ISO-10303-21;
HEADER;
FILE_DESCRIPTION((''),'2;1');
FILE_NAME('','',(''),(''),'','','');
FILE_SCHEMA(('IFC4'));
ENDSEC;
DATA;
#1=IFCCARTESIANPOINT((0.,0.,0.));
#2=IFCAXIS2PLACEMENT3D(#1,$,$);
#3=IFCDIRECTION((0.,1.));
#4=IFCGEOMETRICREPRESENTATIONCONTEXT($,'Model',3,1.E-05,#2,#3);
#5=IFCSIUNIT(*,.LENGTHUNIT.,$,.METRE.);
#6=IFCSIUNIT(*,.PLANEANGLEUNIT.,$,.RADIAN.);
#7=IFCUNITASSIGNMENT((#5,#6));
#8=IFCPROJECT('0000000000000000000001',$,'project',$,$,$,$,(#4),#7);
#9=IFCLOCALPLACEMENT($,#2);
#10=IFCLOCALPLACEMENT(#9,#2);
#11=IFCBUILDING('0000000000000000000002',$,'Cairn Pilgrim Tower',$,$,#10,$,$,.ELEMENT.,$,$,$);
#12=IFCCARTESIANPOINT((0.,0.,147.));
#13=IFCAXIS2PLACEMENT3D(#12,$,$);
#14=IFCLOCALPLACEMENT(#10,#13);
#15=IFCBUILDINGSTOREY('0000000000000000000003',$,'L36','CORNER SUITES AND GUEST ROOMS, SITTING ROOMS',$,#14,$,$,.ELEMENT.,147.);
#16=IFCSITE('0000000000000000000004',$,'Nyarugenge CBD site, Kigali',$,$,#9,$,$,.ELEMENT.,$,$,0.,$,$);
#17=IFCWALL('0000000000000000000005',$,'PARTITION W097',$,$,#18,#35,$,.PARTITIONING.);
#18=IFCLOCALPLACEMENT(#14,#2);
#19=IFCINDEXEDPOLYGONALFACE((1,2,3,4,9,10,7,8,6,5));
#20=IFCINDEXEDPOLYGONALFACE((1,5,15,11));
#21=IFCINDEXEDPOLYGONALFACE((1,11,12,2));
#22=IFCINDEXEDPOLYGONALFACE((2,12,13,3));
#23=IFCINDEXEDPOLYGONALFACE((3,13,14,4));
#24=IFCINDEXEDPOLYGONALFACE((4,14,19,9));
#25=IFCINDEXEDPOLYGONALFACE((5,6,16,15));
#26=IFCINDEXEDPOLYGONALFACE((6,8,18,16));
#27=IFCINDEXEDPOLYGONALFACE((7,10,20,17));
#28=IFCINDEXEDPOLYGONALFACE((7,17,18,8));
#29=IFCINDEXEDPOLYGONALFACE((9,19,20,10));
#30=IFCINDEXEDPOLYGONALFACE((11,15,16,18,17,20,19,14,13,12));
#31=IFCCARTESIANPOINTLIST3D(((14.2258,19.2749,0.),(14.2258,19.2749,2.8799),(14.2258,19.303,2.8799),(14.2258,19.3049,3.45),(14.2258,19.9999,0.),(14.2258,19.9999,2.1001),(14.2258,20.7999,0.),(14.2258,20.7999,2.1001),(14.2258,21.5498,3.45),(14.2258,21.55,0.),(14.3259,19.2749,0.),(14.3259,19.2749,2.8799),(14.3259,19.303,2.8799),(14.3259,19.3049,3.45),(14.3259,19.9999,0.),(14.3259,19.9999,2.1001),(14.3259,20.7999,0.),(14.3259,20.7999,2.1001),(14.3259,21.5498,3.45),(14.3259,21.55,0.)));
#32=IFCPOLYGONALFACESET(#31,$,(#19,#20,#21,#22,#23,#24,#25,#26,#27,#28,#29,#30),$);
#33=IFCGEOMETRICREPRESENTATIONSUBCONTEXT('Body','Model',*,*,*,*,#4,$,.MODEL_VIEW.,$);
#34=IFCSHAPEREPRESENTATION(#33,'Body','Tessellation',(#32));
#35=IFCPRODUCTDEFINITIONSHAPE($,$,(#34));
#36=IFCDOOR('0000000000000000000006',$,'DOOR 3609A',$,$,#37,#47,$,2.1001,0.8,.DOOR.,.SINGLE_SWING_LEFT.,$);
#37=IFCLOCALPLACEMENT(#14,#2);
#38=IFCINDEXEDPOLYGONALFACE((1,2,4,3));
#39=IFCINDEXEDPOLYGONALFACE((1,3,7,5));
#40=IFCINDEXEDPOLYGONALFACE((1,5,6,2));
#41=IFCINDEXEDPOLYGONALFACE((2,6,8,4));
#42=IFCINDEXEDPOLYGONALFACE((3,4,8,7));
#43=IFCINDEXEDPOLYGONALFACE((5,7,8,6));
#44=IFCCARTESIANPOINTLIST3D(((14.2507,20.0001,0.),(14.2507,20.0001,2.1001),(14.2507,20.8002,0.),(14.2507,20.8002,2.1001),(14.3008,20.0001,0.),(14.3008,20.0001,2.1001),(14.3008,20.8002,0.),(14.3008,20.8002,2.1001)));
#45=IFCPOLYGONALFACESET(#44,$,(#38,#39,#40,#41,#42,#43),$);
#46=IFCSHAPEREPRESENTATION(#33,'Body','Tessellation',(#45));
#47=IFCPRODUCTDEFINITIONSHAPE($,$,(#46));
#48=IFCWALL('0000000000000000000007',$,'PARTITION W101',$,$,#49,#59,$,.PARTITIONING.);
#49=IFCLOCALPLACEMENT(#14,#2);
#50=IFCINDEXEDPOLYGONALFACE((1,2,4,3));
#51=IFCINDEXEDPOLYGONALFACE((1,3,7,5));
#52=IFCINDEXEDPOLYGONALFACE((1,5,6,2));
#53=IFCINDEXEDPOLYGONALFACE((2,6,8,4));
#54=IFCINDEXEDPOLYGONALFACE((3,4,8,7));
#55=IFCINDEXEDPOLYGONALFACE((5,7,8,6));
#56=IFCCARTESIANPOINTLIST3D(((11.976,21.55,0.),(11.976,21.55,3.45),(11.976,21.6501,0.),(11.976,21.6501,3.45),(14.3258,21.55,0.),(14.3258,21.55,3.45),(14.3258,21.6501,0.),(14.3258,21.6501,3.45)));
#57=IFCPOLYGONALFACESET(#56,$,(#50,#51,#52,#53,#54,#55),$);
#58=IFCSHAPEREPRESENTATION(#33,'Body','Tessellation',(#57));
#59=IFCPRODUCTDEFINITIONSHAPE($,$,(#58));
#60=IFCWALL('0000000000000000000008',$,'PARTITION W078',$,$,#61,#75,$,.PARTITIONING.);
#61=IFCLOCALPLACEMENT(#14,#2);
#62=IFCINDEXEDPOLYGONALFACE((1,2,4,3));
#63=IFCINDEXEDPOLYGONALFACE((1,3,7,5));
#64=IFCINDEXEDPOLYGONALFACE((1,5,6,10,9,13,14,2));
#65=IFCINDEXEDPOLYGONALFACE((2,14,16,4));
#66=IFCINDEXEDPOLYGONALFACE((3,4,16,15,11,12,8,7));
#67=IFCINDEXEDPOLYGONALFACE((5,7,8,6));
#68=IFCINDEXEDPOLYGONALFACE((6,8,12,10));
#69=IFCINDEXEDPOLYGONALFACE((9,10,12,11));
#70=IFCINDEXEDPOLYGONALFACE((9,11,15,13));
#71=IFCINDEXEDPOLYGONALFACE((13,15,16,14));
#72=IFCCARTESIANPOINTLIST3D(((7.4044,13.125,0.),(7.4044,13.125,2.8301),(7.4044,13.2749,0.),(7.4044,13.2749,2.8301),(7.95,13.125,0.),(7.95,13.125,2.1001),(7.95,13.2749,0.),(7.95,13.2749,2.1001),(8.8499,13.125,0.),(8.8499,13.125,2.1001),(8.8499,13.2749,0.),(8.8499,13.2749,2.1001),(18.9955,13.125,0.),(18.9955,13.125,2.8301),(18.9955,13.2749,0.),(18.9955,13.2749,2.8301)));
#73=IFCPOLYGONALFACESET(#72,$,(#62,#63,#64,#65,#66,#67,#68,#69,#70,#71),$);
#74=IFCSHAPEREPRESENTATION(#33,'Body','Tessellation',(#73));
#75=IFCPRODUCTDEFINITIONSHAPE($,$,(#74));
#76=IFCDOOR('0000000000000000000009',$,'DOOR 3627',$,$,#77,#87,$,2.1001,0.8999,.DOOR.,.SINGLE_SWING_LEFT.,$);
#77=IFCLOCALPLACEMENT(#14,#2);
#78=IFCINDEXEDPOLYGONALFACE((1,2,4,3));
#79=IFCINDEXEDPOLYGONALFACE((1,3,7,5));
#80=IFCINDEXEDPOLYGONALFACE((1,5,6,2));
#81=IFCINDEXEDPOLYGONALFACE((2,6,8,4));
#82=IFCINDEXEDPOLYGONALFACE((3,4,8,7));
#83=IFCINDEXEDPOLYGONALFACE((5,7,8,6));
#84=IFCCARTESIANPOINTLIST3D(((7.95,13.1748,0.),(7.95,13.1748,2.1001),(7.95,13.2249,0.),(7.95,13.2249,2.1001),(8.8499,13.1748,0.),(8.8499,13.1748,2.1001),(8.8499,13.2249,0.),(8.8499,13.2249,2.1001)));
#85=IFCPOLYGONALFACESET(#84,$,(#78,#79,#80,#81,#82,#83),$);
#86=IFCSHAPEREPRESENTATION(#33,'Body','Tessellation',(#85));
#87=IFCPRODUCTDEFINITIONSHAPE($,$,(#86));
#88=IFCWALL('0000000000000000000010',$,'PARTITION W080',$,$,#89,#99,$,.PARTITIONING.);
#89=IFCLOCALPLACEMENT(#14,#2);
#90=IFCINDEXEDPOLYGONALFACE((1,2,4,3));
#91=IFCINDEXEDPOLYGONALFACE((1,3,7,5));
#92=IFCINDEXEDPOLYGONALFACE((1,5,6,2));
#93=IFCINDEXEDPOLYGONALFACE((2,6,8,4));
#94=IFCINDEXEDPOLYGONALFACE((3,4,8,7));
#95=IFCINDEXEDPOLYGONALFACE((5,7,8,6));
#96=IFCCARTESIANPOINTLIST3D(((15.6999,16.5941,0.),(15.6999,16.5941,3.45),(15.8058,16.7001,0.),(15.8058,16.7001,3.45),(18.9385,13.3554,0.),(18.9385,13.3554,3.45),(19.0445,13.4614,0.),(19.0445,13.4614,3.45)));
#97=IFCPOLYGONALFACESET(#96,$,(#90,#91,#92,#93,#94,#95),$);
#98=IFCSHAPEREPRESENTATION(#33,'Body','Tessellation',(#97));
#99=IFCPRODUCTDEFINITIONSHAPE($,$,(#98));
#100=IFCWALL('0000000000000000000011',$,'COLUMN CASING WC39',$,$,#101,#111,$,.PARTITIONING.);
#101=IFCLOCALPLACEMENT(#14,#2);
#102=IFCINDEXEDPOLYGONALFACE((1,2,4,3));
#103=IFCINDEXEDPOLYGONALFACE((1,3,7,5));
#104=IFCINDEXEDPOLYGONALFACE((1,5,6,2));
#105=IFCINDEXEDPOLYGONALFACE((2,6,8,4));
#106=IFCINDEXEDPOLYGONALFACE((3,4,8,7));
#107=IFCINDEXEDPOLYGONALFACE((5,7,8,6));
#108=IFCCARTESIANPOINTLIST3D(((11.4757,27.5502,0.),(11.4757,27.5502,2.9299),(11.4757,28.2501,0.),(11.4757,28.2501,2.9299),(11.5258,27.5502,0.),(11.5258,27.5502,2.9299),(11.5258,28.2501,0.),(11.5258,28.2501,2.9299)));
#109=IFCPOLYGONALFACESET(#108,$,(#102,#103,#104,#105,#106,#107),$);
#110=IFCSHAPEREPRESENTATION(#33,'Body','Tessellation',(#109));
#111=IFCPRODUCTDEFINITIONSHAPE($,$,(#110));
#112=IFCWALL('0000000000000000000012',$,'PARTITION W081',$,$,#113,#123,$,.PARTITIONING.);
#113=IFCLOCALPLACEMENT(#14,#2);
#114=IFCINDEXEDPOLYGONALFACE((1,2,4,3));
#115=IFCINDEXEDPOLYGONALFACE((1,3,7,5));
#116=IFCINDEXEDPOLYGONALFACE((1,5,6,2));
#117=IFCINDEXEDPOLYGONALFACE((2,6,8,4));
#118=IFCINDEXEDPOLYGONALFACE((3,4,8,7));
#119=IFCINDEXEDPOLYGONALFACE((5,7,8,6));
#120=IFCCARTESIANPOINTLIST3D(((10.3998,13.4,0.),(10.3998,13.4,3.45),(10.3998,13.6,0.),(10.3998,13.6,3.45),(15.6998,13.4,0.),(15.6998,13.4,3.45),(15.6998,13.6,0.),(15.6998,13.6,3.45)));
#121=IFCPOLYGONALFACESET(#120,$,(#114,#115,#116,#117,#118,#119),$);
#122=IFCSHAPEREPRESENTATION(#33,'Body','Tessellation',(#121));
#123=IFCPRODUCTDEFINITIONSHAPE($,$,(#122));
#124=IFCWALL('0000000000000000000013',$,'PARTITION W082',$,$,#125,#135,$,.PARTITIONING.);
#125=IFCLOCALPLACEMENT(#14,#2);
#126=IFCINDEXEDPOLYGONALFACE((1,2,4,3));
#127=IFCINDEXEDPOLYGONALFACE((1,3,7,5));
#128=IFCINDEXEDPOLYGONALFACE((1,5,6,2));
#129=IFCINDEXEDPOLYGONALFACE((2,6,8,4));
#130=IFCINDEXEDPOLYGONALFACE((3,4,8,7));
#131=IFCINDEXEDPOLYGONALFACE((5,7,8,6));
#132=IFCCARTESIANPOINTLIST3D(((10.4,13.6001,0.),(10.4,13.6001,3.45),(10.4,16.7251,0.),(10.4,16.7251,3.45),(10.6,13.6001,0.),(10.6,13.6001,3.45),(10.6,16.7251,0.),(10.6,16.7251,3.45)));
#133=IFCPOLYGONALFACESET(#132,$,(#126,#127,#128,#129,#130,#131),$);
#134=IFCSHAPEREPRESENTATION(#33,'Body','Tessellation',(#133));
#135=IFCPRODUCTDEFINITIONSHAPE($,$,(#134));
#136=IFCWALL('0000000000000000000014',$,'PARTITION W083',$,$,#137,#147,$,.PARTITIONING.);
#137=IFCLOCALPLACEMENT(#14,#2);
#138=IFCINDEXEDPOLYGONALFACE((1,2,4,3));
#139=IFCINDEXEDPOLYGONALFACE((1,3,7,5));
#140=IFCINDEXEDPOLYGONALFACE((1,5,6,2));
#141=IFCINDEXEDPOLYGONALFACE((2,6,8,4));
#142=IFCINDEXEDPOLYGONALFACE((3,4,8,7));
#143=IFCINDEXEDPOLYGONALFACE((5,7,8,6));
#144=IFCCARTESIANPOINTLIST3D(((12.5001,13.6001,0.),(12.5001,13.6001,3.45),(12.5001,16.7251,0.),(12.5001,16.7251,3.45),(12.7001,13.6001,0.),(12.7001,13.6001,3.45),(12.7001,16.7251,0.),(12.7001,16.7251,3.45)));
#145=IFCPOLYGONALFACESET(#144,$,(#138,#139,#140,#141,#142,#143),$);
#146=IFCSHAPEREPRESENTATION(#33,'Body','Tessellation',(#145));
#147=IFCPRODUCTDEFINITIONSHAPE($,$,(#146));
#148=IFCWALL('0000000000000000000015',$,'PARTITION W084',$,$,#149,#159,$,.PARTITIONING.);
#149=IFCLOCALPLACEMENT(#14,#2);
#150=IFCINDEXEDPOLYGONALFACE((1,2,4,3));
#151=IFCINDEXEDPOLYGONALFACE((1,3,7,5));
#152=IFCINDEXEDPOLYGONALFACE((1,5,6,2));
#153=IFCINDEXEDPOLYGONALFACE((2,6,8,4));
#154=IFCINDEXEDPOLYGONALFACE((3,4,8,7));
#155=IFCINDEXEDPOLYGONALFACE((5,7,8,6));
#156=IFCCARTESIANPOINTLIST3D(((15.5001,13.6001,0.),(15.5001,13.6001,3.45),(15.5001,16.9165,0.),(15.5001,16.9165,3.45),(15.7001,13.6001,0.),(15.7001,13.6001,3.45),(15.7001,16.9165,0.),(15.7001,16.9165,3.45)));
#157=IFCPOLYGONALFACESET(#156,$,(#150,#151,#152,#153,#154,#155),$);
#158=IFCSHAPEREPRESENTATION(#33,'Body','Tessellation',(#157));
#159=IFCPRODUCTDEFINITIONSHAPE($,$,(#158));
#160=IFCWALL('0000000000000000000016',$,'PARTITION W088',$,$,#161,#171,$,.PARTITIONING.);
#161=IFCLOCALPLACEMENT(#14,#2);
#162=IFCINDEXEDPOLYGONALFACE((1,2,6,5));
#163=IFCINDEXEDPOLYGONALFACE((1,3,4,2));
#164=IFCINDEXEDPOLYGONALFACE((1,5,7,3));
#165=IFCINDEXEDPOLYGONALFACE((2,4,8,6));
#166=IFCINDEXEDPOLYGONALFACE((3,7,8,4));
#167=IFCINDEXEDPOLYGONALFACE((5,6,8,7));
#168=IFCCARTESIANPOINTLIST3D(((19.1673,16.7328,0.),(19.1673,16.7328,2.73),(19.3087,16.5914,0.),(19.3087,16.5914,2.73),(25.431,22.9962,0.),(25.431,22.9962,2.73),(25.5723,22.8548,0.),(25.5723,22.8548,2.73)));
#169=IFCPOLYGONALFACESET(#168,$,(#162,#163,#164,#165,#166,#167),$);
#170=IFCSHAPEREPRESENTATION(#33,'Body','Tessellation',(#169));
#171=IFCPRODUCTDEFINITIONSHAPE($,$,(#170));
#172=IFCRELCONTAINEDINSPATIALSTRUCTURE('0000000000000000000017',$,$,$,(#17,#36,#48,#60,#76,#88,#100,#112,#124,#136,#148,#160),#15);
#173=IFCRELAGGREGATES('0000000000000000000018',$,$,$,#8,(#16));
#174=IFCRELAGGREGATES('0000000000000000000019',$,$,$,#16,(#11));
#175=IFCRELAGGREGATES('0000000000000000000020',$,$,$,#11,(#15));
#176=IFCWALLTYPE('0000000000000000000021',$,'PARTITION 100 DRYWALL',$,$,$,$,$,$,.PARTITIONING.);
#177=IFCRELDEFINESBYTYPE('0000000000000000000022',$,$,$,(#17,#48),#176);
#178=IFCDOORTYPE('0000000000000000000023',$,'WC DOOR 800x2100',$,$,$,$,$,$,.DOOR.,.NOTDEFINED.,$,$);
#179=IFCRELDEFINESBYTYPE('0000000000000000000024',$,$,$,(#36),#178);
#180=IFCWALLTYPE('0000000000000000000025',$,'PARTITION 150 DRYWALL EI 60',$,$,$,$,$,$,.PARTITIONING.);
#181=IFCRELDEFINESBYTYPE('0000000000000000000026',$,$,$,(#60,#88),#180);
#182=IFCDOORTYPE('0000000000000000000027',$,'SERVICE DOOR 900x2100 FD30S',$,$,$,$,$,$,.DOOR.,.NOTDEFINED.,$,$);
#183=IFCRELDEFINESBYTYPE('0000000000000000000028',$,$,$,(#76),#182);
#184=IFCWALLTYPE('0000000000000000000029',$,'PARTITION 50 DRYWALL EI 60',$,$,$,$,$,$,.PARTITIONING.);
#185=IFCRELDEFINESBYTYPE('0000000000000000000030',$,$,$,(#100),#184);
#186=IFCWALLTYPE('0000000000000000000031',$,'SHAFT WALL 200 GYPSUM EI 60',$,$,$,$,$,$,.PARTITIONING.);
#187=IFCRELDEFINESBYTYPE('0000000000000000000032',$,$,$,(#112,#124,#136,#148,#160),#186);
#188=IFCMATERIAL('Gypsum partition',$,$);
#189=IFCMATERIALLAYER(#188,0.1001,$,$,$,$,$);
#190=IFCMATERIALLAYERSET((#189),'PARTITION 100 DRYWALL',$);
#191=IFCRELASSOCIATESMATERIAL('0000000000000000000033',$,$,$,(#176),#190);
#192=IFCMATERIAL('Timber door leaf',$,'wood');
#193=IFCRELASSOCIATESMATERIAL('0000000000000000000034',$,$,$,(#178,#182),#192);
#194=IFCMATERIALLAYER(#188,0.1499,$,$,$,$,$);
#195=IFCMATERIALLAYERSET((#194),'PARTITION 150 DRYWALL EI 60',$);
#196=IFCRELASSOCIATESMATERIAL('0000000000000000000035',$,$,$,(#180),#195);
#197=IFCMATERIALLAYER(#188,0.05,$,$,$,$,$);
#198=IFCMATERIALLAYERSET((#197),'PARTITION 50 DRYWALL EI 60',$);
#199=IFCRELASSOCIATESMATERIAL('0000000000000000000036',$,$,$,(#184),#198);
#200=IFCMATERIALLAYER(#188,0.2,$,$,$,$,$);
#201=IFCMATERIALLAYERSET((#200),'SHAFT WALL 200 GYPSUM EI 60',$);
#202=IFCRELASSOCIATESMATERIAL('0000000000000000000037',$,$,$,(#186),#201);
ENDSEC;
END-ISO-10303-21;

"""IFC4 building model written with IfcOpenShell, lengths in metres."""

from ifc_helpers import new_model, si_unit, direction, frame, frame_2d, origin, place, context, subcontext, project, spatial, polyline, rectangle, outline, extrude, material, layer, layer_set, type_object, element, fill, save


model = new_model("IFC4")

# Units and contexts
model_context = context("Model", 3, precision=1e-05, world=origin(), true_north=direction((0.0, 1.0)))
body_context = subcontext(model_context, "Body", "Model", "MODEL_VIEW")
ifc_project = project(units=[si_unit("LENGTHUNIT", "METRE"), si_unit("PLANEANGLEUNIT", "RADIAN")], contexts=[model_context])

# Site, building, storey
site_placement = place(None, origin())
site = spatial("IfcSite", under=ifc_project, at=site_placement, Name="Nyarugenge CBD site, Kigali", CompositionType="ELEMENT", RefElevation=0.0)
building_placement = place(site_placement, origin())
building = spatial("IfcBuilding", under=site, at=building_placement, Name="Cairn Pilgrim Tower", CompositionType="ELEMENT")
storey_placement = place(building_placement, frame((0.0, 0.0, 147.0)))
storey = spatial("IfcBuildingStorey", under=building, at=storey_placement, Name="L36", Description="CORNER SUITES AND GUEST ROOMS, SITTING ROOMS", CompositionType="ELEMENT", Elevation=147.0)

# Wall, opening, door
ifc_material_1 = material(Name="Gypsum partition")
ifc_layer_1 = layer(ifc_material_1, 0.1001)
ifc_layer_set_1 = layer_set([ifc_layer_1], Name="PARTITION 100 DRYWALL")
wall_type_1 = type_object("IfcWallType", Name="PARTITION 100 DRYWALL", PredefinedType="PARTITIONING", material=ifc_layer_set_1)
ifc_material_2 = material(Name="Timber door leaf", Category="wood")
wall_1_placement = place(storey_placement, frame((14.2759, 19.2749, 0.0), z_axis=(0.0, 0.0, 1.0), x_axis=(0.0, 1.0, 0.0)))
wall_1 = element("IfcWall", 1, at=wall_1_placement, inside=storey, type_object=wall_type_1, Name="PARTITION W097", PredefinedType="PARTITIONING", context=body_context, shape_type="SweptSolid", body=[
    extrude(outline(polyline([(0.0, 0.0), (2.2751, 0.0), (2.2749, 3.45), (0.03, 3.45), (0.0281, 2.8799), (0.0, 2.8799), (0.0, 0.0)])), frame((0.0, 0.05, 0.0), z_axis=(0.0, -1.0, 0.0), x_axis=(1.0, 0.0, 0.0)), (0.0, 0.0, 1.0), 0.1001),
])
opening_1_placement = place(wall_1_placement, frame((0.7251, 0.0, 0.0)))
opening_1 = element("IfcOpeningElement", 2, at=opening_1_placement, cuts=wall_1, PredefinedType="OPENING", context=body_context, shape_type="SweptSolid", body=[
    extrude(rectangle(XDim=0.8, YDim=2.1001, at=frame_2d((0.3999, 1.05))), frame((0.0, 0.0601, 0.0), z_axis=(0.0, -1.0, 0.0), x_axis=(1.0, 0.0, 0.0)), (0.0, 0.0, 1.0), 0.1201),
])
door_type_1 = type_object("IfcDoorType", Name="WC DOOR 800x2100", OperationType="NOTDEFINED", PredefinedType="DOOR", material=ifc_material_2)
door_1_placement = place(opening_1_placement, frame((0.8, 0.0, 0.0), z_axis=(0.0, 0.0, 1.0), x_axis=(-1.0, 0.0, 0.0)))
door_1 = element("IfcDoor", 3, at=door_1_placement, inside=storey, type_object=door_type_1, Name="DOOR 3609A", OperationType="SINGLE_SWING_LEFT", OverallHeight=2.1001, OverallWidth=0.8, PredefinedType="DOOR", context=body_context, shape_type="SweptSolid", body=[
    extrude(rectangle(XDim=0.8, YDim=2.1001, at=frame_2d((0.3999, 1.05))), frame((0.0, 0.0249, 0.0), z_axis=(0.0, -1.0, 0.0), x_axis=(1.0, 0.0, 0.0)), (0.0, 0.0, 1.0), 0.05),
])
fill(opening_1, door_1)

# Wall
wall_2_placement = place(storey_placement, frame((11.9761, 21.6001, 0.0), z_axis=(0.0, 0.0, 1.0), x_axis=(1.0, 0.0, 0.0)))
element("IfcWall", 4, at=wall_2_placement, inside=storey, type_object=wall_type_1, Name="PARTITION W101", PredefinedType="PARTITIONING", context=body_context, shape_type="SweptSolid", body=[
    extrude(rectangle(XDim=2.3499, YDim=0.1001, at=frame_2d((1.1748, 0.0))), origin(), (0.0, 0.0, 1.0), 3.45),
])

# Wall, opening, door
ifc_layer_2 = layer(ifc_material_1, 0.1499)
ifc_layer_set_2 = layer_set([ifc_layer_2], Name="PARTITION 150 DRYWALL EI 60")
wall_type_2 = type_object("IfcWallType", Name="PARTITION 150 DRYWALL EI 60", PredefinedType="PARTITIONING", material=ifc_layer_set_2)
wall_3_placement = place(storey_placement, frame((7.4045, 13.2, 0.0), z_axis=(0.0, 0.0, 1.0), x_axis=(1.0, 0.0, 0.0)))
wall_3 = element("IfcWall", 5, at=wall_3_placement, inside=storey, type_object=wall_type_2, Name="PARTITION W078", PredefinedType="PARTITIONING", context=body_context, shape_type="SweptSolid", body=[
    extrude(rectangle(XDim=11.5911, YDim=0.1499, at=frame_2d((5.7954, 0.0))), origin(), (0.0, 0.0, 1.0), 2.8301),
])
opening_2_placement = place(wall_3_placement, frame((0.5454, 0.0, 0.0)))
opening_2 = element("IfcOpeningElement", 6, at=opening_2_placement, cuts=wall_3, PredefinedType="OPENING", context=body_context, shape_type="SweptSolid", body=[
    extrude(rectangle(XDim=0.8999, YDim=2.1001, at=frame_2d((0.45, 1.05))), frame((0.0, 0.085, 0.0), z_axis=(0.0, -1.0, 0.0), x_axis=(1.0, 0.0, 0.0)), (0.0, 0.0, 1.0), 0.1699),
])
door_type_2 = type_object("IfcDoorType", Name="SERVICE DOOR 900x2100 FD30S", OperationType="NOTDEFINED", PredefinedType="DOOR", material=ifc_material_2)
door_2_placement = place(opening_2_placement, origin())
door_2 = element("IfcDoor", 7, at=door_2_placement, inside=storey, type_object=door_type_2, Name="DOOR 3627", OperationType="SINGLE_SWING_LEFT", OverallHeight=2.1001, OverallWidth=0.8999, PredefinedType="DOOR", context=body_context, shape_type="SweptSolid", body=[
    extrude(rectangle(XDim=0.8999, YDim=2.1001, at=frame_2d((0.45, 1.05))), frame((0.0, 0.0249, 0.0), z_axis=(0.0, -1.0, 0.0), x_axis=(1.0, 0.0, 0.0)), (0.0, 0.0, 1.0), 0.05),
])
fill(opening_2, door_2)

# Walls
wall_4_placement = place(storey_placement, frame((18.9915, 13.4084, 0.0), z_axis=(0.0, 0.0, 1.0), x_axis=(-0.707107, 0.707107, 0.0)))
element("IfcWall", 8, at=wall_4_placement, inside=storey, type_object=wall_type_2, Name="PARTITION W080", PredefinedType="PARTITIONING", context=body_context, shape_type="SweptSolid", body=[
    extrude(rectangle(XDim=4.5801, YDim=0.1499, at=frame_2d((2.29, 0.0))), origin(), (0.0, 0.0, 1.0), 3.45),
])
ifc_layer_3 = layer(ifc_material_1, 0.05)
ifc_layer_set_3 = layer_set([ifc_layer_3], Name="PARTITION 50 DRYWALL EI 60")
wall_type_3 = type_object("IfcWallType", Name="PARTITION 50 DRYWALL EI 60", PredefinedType="PARTITIONING", material=ifc_layer_set_3)
wall_5_placement = place(storey_placement, frame((11.5007, 27.55, 0.0), z_axis=(0.0, 0.0, 1.0), x_axis=(0.0, 1.0, 0.0)))
element("IfcWall", 9, at=wall_5_placement, inside=storey, type_object=wall_type_3, Name="COLUMN CASING WC39", PredefinedType="PARTITIONING", context=body_context, shape_type="SweptSolid", body=[
    extrude(rectangle(XDim=0.7, YDim=0.05, at=frame_2d((0.3501, 0.0))), origin(), (0.0, 0.0, 1.0), 2.9299),
])
ifc_layer_4 = layer(ifc_material_1, 0.2)
ifc_layer_set_4 = layer_set([ifc_layer_4], Name="SHAFT WALL 200 GYPSUM EI 60")
wall_type_4 = type_object("IfcWallType", Name="SHAFT WALL 200 GYPSUM EI 60", PredefinedType="PARTITIONING", material=ifc_layer_set_4)
wall_6_placement = place(storey_placement, frame((10.3999, 13.5, 0.0), z_axis=(0.0, 0.0, 1.0), x_axis=(1.0, 0.0, 0.0)))
element("IfcWall", 10, at=wall_6_placement, inside=storey, type_object=wall_type_4, Name="PARTITION W081", PredefinedType="PARTITIONING", context=body_context, shape_type="SweptSolid", body=[
    extrude(rectangle(XDim=5.3, YDim=0.2, at=frame_2d((2.6499, 0.0))), origin(), (0.0, 0.0, 1.0), 3.45),
])
for number, where, z_axis, x_axis, name in (
    (11, (10.5, 13.6001, 0.0), (0.0, 0.0, 1.0), (0.0, 1.0, 0.0), "PARTITION W082"),
    (12, (12.6001, 13.6001, 0.0), (0.0, 0.0, 1.0), (0.0, 1.0, 0.0), "PARTITION W083"),
):
    element("IfcWall", number, at=place(storey_placement, frame(where, z_axis=z_axis, x_axis=x_axis)), inside=storey, type_object=wall_type_4, Name=name, PredefinedType="PARTITIONING", context=body_context, shape_type="SweptSolid", body=[
        extrude(rectangle(XDim=3.125, YDim=0.2, at=frame_2d((1.5625, 0.0))), origin(), (0.0, 0.0, 1.0), 3.45),
    ])
wall_7_placement = place(storey_placement, frame((15.6001, 13.6001, 0.0), z_axis=(0.0, 0.0, 1.0), x_axis=(0.0, 1.0, 0.0)))
element("IfcWall", 13, at=wall_7_placement, inside=storey, type_object=wall_type_4, Name="PARTITION W084", PredefinedType="PARTITIONING", context=body_context, shape_type="SweptSolid", body=[
    extrude(rectangle(XDim=3.3164, YDim=0.2, at=frame_2d((1.6582, 0.0))), origin(), (0.0, 0.0, 1.0), 3.45),
])
wall_8_placement = place(storey_placement, frame((19.238, 16.6621, 0.0), z_axis=(0.0, 0.0, 1.0), x_axis=(0.707121, 0.707093, 0.0)))
element("IfcWall", 14, at=wall_8_placement, inside=storey, type_object=wall_type_4, Name="PARTITION W088", PredefinedType="PARTITIONING", context=body_context, shape_type="SweptSolid", body=[
    extrude(rectangle(XDim=8.8579, YDim=0.2, at=frame_2d((4.429, 0.0))), origin(), (0.0, 0.0, 1.0), 2.73),
])

save(model, "model.ifc")
